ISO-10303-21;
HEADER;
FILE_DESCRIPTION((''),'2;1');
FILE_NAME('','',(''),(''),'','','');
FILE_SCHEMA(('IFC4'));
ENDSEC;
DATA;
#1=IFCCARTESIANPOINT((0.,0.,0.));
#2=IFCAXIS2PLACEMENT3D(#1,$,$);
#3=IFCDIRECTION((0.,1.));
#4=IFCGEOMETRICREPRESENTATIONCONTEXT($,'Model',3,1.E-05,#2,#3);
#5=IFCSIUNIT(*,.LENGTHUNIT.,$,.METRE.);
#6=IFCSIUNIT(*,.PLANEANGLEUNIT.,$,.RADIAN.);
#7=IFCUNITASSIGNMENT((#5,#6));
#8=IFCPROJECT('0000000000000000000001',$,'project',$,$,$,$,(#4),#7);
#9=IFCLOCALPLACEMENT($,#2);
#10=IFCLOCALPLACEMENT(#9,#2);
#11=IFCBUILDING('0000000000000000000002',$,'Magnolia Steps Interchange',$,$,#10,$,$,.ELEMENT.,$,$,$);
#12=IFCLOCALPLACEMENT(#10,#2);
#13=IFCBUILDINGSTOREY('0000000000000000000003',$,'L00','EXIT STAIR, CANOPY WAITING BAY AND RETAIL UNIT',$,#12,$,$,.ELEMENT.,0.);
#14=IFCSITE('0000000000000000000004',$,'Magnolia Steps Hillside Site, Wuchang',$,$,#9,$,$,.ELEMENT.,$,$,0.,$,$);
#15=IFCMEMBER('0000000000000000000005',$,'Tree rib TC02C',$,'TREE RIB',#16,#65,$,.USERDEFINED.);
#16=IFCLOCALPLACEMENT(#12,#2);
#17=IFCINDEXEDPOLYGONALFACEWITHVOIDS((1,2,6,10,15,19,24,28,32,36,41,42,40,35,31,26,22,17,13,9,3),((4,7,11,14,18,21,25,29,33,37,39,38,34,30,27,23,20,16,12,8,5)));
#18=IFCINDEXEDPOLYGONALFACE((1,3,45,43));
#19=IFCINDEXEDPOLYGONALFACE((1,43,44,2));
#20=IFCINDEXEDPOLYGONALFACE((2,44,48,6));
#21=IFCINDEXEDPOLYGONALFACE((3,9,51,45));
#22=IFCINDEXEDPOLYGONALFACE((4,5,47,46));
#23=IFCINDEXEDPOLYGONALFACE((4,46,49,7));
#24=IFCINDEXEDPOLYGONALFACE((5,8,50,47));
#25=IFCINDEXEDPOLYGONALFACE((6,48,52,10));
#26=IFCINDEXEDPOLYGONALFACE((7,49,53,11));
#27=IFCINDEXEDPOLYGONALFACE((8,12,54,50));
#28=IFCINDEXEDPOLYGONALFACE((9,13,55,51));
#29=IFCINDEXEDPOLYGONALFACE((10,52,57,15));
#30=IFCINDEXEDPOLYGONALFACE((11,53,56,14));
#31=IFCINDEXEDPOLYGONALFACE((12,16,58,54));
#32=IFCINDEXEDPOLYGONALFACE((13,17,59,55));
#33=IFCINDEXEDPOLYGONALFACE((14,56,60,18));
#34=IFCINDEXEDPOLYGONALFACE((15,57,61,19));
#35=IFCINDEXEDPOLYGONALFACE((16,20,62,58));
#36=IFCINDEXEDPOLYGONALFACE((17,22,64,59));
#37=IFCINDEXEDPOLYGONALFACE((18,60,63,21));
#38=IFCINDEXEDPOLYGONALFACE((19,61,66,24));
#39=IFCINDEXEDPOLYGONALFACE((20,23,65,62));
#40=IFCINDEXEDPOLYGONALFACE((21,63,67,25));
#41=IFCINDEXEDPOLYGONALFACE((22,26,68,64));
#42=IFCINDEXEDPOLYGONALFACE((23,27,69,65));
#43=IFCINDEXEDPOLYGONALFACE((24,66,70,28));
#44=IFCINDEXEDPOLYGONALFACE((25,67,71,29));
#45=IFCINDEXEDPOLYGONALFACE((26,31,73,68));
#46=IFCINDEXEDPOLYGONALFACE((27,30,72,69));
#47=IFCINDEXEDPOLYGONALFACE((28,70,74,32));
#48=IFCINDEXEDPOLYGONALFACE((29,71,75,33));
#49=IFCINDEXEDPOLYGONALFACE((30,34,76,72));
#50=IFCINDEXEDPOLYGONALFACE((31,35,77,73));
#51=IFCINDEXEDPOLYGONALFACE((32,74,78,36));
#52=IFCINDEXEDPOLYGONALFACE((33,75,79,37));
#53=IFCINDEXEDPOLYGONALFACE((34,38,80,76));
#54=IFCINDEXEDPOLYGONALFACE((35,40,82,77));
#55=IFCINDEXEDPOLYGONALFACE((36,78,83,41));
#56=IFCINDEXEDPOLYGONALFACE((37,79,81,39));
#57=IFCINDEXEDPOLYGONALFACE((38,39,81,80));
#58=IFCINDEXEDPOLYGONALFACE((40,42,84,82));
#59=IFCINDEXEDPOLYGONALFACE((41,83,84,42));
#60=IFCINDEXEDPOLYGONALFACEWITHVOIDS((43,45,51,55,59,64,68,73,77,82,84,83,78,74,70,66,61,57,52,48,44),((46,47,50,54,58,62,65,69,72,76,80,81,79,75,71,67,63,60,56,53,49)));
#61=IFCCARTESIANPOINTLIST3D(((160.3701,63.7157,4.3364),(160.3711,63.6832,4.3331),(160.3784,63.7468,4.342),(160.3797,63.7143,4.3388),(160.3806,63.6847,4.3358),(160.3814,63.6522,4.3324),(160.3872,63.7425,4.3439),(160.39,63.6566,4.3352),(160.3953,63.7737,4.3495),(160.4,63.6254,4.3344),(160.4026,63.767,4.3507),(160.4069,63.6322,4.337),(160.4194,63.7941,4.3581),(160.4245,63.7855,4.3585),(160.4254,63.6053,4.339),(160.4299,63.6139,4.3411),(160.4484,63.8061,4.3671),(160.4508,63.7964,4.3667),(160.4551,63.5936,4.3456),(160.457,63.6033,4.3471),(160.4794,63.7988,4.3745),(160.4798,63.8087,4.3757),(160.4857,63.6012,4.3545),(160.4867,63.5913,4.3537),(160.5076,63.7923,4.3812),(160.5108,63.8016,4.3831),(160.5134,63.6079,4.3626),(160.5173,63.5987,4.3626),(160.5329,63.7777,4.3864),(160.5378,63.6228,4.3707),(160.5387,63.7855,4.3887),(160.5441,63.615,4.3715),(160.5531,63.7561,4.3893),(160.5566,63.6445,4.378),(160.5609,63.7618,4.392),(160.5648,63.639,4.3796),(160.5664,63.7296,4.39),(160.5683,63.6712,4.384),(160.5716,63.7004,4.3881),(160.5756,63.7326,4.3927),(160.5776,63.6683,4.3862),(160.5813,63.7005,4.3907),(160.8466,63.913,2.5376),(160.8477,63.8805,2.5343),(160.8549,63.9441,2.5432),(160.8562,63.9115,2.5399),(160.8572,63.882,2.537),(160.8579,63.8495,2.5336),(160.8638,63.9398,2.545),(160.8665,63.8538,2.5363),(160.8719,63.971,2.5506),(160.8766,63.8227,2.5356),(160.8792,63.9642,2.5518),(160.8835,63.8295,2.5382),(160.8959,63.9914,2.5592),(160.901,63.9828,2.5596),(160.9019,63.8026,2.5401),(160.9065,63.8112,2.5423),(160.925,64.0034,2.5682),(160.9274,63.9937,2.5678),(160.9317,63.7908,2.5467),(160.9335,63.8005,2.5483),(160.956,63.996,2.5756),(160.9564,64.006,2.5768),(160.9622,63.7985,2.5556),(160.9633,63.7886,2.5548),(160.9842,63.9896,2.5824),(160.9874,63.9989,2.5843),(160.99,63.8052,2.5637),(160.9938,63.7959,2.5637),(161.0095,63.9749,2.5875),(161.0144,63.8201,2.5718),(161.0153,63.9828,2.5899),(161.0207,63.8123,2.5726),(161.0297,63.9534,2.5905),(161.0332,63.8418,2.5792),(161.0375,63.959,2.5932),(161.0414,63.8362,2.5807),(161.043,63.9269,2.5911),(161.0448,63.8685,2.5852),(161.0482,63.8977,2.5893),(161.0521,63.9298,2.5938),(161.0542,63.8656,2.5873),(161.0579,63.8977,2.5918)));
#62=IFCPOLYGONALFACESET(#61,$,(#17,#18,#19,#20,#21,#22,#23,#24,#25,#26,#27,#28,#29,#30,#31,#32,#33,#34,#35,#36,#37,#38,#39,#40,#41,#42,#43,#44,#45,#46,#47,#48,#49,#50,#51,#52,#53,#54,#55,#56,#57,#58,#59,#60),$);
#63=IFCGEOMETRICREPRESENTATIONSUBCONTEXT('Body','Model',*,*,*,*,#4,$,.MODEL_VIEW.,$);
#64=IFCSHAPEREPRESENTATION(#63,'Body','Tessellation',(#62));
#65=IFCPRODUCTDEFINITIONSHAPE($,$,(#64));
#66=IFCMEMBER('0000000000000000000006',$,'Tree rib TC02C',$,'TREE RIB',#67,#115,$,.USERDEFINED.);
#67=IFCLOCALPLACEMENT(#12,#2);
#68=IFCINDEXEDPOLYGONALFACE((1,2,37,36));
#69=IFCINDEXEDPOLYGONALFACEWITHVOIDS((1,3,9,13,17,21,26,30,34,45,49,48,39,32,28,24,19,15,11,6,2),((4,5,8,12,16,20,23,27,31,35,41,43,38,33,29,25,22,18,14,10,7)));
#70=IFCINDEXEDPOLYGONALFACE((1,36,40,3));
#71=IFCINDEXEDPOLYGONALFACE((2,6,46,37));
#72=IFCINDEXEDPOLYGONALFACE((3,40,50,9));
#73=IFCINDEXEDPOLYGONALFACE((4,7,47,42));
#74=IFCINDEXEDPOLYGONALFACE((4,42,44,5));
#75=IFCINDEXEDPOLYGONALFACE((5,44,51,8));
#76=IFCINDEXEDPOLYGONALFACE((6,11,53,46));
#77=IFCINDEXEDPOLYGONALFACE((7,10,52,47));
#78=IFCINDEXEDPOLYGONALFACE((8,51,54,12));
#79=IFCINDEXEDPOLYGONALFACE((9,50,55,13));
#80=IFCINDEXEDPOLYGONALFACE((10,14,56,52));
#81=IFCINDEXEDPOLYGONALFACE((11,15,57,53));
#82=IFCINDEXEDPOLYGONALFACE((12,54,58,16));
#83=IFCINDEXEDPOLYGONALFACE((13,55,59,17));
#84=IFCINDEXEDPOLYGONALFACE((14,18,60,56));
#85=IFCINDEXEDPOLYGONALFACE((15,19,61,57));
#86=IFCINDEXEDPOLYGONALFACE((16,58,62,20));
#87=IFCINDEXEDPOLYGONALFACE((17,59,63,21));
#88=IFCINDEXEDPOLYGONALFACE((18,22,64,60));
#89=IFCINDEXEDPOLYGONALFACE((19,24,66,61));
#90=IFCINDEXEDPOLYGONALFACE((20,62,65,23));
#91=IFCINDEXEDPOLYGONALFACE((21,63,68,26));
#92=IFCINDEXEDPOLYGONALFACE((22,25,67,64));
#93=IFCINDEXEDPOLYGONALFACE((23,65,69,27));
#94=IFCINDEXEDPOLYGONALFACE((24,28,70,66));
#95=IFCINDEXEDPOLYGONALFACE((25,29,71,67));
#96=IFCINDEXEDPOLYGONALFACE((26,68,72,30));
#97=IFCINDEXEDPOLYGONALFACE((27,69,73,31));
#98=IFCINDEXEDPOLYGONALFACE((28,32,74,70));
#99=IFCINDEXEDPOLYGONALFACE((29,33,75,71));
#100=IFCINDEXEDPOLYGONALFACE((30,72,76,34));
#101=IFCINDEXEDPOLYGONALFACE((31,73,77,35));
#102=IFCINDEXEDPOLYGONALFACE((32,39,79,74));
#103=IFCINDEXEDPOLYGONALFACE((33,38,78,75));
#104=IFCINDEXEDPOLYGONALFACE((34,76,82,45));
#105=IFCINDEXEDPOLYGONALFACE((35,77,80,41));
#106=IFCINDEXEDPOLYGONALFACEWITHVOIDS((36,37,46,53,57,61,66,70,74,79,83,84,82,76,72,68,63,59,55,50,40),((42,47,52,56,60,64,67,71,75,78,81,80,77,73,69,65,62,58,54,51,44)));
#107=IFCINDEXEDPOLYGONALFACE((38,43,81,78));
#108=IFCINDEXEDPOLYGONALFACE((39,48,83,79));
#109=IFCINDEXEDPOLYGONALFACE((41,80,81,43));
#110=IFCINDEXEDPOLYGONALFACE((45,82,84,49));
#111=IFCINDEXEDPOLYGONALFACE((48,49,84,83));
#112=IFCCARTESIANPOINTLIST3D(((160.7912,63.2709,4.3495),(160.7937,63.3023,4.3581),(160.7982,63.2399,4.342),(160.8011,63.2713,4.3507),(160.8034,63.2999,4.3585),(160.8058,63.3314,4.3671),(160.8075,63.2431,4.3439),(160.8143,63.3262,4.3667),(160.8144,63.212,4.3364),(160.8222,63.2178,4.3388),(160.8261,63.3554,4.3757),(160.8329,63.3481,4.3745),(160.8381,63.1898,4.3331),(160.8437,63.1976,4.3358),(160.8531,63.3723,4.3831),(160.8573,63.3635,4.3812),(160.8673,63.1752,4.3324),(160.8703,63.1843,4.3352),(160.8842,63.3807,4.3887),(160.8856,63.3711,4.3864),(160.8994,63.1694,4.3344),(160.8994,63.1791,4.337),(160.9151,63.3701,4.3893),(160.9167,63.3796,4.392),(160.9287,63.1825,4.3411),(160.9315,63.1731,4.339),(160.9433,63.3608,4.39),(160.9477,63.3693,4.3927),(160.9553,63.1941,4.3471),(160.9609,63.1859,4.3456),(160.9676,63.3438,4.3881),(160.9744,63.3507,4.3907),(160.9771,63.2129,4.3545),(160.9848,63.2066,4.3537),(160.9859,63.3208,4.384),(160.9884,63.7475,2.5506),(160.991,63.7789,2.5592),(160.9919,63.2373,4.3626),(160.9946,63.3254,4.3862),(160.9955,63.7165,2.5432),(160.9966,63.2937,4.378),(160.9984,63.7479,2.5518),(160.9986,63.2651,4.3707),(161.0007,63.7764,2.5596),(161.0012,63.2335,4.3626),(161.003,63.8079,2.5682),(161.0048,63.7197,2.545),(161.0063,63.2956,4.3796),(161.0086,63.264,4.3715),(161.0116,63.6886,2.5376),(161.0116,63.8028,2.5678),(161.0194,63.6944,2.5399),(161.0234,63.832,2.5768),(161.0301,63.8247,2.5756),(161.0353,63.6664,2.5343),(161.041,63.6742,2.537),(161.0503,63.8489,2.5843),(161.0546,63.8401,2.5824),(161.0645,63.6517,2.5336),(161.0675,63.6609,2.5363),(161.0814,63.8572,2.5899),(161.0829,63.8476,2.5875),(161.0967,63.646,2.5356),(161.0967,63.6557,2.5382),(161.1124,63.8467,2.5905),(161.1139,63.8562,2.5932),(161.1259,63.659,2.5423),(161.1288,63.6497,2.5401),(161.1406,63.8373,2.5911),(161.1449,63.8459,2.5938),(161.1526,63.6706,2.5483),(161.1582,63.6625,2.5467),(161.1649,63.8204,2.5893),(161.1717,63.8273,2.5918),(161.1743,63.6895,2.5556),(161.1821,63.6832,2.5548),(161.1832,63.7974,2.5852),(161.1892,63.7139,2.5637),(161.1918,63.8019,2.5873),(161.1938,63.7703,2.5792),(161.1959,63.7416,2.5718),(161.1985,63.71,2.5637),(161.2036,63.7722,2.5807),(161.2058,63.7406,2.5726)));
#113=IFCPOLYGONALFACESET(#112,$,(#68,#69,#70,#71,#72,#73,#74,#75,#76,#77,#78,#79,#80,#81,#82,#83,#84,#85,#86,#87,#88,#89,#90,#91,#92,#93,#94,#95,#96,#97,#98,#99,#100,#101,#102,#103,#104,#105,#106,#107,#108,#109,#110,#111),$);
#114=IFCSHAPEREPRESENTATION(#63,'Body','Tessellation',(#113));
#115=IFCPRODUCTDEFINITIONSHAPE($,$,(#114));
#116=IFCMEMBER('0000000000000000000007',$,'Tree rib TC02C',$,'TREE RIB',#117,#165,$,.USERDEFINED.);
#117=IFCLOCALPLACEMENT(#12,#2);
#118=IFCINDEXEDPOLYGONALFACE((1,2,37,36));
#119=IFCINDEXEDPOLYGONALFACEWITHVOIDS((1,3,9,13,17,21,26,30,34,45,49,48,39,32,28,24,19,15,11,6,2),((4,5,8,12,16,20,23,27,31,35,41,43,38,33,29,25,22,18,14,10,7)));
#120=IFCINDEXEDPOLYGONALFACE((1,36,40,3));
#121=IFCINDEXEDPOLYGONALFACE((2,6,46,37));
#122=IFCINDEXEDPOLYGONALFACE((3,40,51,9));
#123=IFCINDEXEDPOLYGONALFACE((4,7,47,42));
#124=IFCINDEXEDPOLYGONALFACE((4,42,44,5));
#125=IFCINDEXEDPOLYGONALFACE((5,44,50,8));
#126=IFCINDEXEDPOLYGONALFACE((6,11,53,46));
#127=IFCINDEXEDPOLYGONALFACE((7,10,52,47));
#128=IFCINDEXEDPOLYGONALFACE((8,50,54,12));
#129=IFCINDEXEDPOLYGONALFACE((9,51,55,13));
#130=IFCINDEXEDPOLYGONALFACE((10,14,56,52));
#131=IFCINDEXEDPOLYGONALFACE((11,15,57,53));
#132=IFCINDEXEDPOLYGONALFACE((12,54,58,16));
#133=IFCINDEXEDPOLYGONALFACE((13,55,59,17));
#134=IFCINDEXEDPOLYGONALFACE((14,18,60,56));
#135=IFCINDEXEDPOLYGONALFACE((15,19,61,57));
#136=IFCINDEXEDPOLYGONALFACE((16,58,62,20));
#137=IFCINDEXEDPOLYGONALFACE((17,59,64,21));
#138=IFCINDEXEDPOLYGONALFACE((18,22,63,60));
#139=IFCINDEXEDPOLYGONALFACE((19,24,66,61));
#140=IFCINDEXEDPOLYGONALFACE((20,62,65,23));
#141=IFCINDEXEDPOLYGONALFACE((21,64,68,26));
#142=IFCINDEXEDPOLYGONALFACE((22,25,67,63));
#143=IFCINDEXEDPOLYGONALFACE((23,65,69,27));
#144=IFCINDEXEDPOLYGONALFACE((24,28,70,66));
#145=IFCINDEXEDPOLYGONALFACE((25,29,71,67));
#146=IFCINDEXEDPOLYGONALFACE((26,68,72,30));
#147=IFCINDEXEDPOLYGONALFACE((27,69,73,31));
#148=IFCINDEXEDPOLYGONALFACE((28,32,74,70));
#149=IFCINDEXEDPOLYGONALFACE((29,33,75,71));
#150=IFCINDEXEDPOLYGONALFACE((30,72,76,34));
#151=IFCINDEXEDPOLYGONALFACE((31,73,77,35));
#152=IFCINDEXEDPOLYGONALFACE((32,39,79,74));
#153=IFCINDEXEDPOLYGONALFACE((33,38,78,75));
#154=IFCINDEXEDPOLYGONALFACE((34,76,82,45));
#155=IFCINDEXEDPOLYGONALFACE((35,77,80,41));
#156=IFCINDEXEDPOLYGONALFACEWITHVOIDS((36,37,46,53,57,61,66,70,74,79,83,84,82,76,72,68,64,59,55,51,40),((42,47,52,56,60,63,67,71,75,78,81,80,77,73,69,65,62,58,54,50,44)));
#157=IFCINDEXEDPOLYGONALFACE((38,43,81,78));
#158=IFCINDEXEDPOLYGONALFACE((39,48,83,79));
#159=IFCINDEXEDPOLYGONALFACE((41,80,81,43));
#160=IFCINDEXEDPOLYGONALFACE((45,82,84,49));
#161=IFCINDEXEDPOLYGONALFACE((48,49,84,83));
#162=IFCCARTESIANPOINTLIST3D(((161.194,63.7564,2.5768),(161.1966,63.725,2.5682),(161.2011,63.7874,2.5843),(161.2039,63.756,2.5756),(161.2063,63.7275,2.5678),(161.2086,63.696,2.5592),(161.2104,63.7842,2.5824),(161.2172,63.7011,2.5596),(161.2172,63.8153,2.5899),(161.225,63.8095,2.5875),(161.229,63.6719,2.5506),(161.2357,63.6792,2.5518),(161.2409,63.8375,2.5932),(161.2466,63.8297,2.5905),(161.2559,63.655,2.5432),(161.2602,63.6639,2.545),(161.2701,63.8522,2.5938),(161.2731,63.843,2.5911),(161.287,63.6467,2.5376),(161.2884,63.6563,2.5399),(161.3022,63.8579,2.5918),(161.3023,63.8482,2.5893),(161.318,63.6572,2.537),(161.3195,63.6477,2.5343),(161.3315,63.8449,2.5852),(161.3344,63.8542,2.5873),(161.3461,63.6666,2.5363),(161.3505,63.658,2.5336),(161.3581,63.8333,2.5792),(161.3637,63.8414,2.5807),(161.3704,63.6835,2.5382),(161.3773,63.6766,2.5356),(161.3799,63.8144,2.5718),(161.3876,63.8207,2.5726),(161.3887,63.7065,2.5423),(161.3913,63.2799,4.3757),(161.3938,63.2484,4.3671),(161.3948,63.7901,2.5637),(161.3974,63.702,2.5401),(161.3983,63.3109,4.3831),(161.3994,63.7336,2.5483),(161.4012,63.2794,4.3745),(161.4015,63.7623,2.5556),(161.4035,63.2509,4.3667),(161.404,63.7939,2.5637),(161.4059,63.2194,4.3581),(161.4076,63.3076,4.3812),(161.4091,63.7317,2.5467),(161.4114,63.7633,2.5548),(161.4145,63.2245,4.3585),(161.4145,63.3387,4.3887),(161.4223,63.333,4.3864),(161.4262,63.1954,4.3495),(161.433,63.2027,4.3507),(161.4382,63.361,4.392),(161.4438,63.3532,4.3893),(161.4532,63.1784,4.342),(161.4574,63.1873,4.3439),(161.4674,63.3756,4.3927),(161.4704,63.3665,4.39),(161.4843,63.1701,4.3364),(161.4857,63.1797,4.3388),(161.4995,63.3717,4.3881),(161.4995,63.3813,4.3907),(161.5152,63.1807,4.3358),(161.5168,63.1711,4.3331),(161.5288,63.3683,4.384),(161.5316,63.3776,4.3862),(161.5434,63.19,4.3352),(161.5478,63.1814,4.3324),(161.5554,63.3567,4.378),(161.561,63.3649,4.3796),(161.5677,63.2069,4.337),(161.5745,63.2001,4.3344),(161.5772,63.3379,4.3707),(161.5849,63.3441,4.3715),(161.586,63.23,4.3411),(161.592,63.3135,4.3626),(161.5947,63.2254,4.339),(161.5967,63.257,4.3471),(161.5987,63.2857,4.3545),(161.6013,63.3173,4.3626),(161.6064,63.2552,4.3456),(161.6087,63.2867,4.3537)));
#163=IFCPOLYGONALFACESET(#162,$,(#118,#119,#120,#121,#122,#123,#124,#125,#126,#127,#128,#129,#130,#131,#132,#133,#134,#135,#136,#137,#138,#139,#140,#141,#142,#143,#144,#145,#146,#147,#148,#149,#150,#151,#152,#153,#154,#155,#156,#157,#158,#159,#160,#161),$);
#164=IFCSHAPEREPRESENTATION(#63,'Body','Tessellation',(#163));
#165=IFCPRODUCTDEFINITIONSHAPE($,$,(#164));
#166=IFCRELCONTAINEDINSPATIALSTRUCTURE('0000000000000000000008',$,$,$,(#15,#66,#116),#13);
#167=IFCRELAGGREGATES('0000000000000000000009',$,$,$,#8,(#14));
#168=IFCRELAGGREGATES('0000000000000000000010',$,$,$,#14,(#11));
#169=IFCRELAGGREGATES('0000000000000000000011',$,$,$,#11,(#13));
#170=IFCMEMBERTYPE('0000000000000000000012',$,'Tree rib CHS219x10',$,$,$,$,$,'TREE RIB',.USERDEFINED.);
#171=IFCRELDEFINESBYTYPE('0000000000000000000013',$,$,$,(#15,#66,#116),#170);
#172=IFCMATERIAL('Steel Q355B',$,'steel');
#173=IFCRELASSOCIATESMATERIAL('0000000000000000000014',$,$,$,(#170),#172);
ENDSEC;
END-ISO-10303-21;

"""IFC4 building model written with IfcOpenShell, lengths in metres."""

from ifc_helpers import new_model, si_unit, direction, frame, origin, origin_2d, place, context, subcontext, project, spatial, hollow_circle, extrude, material, material_profile, profile_set, type_object, element, save


model = new_model("IFC4")

# Units and contexts
model_context = context("Model", 3, precision=1e-05, world=origin(), true_north=direction((0.0, 1.0)))
body_context = subcontext(model_context, "Body", "Model", "MODEL_VIEW")
ifc_project = project(units=[si_unit("LENGTHUNIT", "METRE"), si_unit("PLANEANGLEUNIT", "RADIAN")], contexts=[model_context])

# Site, building, storey
site_placement = place(None, origin())
site = spatial("IfcSite", under=ifc_project, at=site_placement, Name="Magnolia Steps Hillside Site, Wuchang", CompositionType="ELEMENT", RefElevation=0.0)
building_placement = place(site_placement, origin())
building = spatial("IfcBuilding", under=site, at=building_placement, Name="Magnolia Steps Interchange", CompositionType="ELEMENT")
storey_placement = place(building_placement, origin())
storey = spatial("IfcBuildingStorey", under=building, at=storey_placement, Name="L00", Description="EXIT STAIR, CANOPY WAITING BAY AND RETAIL UNIT", CompositionType="ELEMENT", Elevation=0.0)

# Members
ifc_material_1 = material(Name="Steel Q355B", Category="steel")
ifc_material_profile_1 = material_profile(ifc_material_1, hollow_circle(Radius=0.1096, WallThickness=0.01, at=origin_2d()), Name="CHS219x10")
ifc_profile_set_1 = profile_set([ifc_material_profile_1], Name="Steel Q355B")
member_type = type_object("IfcMemberType", Name="Tree rib CHS219x10", ElementType="TREE RIB", PredefinedType="USERDEFINED", material=ifc_profile_set_1)
for number, where, z_axis, x_axis, name in (
    (1, (160.9519, 63.8972, 2.5637), (-0.254668, -0.105416, 0.961266), (0.382463, -0.923971, 0.0), "Tree rib TC02C"),
    (2, (161.0972, 63.752, 2.5637), (-0.105416, -0.254668, 0.961266), (0.923971, -0.382463, 0.0), "Tree rib TC02C"),
    (3, (161.3027, 63.752, 2.5637), (0.105416, -0.254668, 0.961266), (0.923971, 0.382463, 0.0), "Tree rib TC02C"),
):
    element("IfcMember", number, at=place(storey_placement, frame(where, z_axis=z_axis, x_axis=x_axis)), inside=storey, type_object=member_type, Name=name, ObjectType="TREE RIB", PredefinedType="USERDEFINED", context=body_context, shape_type="SweptSolid", body=[
        extrude(hollow_circle(Radius=0.1096, WallThickness=0.01, at=origin_2d()), origin(), (0.0, 0.0, 1.0), 1.8713),
    ])

save(model, "model.ifc")
